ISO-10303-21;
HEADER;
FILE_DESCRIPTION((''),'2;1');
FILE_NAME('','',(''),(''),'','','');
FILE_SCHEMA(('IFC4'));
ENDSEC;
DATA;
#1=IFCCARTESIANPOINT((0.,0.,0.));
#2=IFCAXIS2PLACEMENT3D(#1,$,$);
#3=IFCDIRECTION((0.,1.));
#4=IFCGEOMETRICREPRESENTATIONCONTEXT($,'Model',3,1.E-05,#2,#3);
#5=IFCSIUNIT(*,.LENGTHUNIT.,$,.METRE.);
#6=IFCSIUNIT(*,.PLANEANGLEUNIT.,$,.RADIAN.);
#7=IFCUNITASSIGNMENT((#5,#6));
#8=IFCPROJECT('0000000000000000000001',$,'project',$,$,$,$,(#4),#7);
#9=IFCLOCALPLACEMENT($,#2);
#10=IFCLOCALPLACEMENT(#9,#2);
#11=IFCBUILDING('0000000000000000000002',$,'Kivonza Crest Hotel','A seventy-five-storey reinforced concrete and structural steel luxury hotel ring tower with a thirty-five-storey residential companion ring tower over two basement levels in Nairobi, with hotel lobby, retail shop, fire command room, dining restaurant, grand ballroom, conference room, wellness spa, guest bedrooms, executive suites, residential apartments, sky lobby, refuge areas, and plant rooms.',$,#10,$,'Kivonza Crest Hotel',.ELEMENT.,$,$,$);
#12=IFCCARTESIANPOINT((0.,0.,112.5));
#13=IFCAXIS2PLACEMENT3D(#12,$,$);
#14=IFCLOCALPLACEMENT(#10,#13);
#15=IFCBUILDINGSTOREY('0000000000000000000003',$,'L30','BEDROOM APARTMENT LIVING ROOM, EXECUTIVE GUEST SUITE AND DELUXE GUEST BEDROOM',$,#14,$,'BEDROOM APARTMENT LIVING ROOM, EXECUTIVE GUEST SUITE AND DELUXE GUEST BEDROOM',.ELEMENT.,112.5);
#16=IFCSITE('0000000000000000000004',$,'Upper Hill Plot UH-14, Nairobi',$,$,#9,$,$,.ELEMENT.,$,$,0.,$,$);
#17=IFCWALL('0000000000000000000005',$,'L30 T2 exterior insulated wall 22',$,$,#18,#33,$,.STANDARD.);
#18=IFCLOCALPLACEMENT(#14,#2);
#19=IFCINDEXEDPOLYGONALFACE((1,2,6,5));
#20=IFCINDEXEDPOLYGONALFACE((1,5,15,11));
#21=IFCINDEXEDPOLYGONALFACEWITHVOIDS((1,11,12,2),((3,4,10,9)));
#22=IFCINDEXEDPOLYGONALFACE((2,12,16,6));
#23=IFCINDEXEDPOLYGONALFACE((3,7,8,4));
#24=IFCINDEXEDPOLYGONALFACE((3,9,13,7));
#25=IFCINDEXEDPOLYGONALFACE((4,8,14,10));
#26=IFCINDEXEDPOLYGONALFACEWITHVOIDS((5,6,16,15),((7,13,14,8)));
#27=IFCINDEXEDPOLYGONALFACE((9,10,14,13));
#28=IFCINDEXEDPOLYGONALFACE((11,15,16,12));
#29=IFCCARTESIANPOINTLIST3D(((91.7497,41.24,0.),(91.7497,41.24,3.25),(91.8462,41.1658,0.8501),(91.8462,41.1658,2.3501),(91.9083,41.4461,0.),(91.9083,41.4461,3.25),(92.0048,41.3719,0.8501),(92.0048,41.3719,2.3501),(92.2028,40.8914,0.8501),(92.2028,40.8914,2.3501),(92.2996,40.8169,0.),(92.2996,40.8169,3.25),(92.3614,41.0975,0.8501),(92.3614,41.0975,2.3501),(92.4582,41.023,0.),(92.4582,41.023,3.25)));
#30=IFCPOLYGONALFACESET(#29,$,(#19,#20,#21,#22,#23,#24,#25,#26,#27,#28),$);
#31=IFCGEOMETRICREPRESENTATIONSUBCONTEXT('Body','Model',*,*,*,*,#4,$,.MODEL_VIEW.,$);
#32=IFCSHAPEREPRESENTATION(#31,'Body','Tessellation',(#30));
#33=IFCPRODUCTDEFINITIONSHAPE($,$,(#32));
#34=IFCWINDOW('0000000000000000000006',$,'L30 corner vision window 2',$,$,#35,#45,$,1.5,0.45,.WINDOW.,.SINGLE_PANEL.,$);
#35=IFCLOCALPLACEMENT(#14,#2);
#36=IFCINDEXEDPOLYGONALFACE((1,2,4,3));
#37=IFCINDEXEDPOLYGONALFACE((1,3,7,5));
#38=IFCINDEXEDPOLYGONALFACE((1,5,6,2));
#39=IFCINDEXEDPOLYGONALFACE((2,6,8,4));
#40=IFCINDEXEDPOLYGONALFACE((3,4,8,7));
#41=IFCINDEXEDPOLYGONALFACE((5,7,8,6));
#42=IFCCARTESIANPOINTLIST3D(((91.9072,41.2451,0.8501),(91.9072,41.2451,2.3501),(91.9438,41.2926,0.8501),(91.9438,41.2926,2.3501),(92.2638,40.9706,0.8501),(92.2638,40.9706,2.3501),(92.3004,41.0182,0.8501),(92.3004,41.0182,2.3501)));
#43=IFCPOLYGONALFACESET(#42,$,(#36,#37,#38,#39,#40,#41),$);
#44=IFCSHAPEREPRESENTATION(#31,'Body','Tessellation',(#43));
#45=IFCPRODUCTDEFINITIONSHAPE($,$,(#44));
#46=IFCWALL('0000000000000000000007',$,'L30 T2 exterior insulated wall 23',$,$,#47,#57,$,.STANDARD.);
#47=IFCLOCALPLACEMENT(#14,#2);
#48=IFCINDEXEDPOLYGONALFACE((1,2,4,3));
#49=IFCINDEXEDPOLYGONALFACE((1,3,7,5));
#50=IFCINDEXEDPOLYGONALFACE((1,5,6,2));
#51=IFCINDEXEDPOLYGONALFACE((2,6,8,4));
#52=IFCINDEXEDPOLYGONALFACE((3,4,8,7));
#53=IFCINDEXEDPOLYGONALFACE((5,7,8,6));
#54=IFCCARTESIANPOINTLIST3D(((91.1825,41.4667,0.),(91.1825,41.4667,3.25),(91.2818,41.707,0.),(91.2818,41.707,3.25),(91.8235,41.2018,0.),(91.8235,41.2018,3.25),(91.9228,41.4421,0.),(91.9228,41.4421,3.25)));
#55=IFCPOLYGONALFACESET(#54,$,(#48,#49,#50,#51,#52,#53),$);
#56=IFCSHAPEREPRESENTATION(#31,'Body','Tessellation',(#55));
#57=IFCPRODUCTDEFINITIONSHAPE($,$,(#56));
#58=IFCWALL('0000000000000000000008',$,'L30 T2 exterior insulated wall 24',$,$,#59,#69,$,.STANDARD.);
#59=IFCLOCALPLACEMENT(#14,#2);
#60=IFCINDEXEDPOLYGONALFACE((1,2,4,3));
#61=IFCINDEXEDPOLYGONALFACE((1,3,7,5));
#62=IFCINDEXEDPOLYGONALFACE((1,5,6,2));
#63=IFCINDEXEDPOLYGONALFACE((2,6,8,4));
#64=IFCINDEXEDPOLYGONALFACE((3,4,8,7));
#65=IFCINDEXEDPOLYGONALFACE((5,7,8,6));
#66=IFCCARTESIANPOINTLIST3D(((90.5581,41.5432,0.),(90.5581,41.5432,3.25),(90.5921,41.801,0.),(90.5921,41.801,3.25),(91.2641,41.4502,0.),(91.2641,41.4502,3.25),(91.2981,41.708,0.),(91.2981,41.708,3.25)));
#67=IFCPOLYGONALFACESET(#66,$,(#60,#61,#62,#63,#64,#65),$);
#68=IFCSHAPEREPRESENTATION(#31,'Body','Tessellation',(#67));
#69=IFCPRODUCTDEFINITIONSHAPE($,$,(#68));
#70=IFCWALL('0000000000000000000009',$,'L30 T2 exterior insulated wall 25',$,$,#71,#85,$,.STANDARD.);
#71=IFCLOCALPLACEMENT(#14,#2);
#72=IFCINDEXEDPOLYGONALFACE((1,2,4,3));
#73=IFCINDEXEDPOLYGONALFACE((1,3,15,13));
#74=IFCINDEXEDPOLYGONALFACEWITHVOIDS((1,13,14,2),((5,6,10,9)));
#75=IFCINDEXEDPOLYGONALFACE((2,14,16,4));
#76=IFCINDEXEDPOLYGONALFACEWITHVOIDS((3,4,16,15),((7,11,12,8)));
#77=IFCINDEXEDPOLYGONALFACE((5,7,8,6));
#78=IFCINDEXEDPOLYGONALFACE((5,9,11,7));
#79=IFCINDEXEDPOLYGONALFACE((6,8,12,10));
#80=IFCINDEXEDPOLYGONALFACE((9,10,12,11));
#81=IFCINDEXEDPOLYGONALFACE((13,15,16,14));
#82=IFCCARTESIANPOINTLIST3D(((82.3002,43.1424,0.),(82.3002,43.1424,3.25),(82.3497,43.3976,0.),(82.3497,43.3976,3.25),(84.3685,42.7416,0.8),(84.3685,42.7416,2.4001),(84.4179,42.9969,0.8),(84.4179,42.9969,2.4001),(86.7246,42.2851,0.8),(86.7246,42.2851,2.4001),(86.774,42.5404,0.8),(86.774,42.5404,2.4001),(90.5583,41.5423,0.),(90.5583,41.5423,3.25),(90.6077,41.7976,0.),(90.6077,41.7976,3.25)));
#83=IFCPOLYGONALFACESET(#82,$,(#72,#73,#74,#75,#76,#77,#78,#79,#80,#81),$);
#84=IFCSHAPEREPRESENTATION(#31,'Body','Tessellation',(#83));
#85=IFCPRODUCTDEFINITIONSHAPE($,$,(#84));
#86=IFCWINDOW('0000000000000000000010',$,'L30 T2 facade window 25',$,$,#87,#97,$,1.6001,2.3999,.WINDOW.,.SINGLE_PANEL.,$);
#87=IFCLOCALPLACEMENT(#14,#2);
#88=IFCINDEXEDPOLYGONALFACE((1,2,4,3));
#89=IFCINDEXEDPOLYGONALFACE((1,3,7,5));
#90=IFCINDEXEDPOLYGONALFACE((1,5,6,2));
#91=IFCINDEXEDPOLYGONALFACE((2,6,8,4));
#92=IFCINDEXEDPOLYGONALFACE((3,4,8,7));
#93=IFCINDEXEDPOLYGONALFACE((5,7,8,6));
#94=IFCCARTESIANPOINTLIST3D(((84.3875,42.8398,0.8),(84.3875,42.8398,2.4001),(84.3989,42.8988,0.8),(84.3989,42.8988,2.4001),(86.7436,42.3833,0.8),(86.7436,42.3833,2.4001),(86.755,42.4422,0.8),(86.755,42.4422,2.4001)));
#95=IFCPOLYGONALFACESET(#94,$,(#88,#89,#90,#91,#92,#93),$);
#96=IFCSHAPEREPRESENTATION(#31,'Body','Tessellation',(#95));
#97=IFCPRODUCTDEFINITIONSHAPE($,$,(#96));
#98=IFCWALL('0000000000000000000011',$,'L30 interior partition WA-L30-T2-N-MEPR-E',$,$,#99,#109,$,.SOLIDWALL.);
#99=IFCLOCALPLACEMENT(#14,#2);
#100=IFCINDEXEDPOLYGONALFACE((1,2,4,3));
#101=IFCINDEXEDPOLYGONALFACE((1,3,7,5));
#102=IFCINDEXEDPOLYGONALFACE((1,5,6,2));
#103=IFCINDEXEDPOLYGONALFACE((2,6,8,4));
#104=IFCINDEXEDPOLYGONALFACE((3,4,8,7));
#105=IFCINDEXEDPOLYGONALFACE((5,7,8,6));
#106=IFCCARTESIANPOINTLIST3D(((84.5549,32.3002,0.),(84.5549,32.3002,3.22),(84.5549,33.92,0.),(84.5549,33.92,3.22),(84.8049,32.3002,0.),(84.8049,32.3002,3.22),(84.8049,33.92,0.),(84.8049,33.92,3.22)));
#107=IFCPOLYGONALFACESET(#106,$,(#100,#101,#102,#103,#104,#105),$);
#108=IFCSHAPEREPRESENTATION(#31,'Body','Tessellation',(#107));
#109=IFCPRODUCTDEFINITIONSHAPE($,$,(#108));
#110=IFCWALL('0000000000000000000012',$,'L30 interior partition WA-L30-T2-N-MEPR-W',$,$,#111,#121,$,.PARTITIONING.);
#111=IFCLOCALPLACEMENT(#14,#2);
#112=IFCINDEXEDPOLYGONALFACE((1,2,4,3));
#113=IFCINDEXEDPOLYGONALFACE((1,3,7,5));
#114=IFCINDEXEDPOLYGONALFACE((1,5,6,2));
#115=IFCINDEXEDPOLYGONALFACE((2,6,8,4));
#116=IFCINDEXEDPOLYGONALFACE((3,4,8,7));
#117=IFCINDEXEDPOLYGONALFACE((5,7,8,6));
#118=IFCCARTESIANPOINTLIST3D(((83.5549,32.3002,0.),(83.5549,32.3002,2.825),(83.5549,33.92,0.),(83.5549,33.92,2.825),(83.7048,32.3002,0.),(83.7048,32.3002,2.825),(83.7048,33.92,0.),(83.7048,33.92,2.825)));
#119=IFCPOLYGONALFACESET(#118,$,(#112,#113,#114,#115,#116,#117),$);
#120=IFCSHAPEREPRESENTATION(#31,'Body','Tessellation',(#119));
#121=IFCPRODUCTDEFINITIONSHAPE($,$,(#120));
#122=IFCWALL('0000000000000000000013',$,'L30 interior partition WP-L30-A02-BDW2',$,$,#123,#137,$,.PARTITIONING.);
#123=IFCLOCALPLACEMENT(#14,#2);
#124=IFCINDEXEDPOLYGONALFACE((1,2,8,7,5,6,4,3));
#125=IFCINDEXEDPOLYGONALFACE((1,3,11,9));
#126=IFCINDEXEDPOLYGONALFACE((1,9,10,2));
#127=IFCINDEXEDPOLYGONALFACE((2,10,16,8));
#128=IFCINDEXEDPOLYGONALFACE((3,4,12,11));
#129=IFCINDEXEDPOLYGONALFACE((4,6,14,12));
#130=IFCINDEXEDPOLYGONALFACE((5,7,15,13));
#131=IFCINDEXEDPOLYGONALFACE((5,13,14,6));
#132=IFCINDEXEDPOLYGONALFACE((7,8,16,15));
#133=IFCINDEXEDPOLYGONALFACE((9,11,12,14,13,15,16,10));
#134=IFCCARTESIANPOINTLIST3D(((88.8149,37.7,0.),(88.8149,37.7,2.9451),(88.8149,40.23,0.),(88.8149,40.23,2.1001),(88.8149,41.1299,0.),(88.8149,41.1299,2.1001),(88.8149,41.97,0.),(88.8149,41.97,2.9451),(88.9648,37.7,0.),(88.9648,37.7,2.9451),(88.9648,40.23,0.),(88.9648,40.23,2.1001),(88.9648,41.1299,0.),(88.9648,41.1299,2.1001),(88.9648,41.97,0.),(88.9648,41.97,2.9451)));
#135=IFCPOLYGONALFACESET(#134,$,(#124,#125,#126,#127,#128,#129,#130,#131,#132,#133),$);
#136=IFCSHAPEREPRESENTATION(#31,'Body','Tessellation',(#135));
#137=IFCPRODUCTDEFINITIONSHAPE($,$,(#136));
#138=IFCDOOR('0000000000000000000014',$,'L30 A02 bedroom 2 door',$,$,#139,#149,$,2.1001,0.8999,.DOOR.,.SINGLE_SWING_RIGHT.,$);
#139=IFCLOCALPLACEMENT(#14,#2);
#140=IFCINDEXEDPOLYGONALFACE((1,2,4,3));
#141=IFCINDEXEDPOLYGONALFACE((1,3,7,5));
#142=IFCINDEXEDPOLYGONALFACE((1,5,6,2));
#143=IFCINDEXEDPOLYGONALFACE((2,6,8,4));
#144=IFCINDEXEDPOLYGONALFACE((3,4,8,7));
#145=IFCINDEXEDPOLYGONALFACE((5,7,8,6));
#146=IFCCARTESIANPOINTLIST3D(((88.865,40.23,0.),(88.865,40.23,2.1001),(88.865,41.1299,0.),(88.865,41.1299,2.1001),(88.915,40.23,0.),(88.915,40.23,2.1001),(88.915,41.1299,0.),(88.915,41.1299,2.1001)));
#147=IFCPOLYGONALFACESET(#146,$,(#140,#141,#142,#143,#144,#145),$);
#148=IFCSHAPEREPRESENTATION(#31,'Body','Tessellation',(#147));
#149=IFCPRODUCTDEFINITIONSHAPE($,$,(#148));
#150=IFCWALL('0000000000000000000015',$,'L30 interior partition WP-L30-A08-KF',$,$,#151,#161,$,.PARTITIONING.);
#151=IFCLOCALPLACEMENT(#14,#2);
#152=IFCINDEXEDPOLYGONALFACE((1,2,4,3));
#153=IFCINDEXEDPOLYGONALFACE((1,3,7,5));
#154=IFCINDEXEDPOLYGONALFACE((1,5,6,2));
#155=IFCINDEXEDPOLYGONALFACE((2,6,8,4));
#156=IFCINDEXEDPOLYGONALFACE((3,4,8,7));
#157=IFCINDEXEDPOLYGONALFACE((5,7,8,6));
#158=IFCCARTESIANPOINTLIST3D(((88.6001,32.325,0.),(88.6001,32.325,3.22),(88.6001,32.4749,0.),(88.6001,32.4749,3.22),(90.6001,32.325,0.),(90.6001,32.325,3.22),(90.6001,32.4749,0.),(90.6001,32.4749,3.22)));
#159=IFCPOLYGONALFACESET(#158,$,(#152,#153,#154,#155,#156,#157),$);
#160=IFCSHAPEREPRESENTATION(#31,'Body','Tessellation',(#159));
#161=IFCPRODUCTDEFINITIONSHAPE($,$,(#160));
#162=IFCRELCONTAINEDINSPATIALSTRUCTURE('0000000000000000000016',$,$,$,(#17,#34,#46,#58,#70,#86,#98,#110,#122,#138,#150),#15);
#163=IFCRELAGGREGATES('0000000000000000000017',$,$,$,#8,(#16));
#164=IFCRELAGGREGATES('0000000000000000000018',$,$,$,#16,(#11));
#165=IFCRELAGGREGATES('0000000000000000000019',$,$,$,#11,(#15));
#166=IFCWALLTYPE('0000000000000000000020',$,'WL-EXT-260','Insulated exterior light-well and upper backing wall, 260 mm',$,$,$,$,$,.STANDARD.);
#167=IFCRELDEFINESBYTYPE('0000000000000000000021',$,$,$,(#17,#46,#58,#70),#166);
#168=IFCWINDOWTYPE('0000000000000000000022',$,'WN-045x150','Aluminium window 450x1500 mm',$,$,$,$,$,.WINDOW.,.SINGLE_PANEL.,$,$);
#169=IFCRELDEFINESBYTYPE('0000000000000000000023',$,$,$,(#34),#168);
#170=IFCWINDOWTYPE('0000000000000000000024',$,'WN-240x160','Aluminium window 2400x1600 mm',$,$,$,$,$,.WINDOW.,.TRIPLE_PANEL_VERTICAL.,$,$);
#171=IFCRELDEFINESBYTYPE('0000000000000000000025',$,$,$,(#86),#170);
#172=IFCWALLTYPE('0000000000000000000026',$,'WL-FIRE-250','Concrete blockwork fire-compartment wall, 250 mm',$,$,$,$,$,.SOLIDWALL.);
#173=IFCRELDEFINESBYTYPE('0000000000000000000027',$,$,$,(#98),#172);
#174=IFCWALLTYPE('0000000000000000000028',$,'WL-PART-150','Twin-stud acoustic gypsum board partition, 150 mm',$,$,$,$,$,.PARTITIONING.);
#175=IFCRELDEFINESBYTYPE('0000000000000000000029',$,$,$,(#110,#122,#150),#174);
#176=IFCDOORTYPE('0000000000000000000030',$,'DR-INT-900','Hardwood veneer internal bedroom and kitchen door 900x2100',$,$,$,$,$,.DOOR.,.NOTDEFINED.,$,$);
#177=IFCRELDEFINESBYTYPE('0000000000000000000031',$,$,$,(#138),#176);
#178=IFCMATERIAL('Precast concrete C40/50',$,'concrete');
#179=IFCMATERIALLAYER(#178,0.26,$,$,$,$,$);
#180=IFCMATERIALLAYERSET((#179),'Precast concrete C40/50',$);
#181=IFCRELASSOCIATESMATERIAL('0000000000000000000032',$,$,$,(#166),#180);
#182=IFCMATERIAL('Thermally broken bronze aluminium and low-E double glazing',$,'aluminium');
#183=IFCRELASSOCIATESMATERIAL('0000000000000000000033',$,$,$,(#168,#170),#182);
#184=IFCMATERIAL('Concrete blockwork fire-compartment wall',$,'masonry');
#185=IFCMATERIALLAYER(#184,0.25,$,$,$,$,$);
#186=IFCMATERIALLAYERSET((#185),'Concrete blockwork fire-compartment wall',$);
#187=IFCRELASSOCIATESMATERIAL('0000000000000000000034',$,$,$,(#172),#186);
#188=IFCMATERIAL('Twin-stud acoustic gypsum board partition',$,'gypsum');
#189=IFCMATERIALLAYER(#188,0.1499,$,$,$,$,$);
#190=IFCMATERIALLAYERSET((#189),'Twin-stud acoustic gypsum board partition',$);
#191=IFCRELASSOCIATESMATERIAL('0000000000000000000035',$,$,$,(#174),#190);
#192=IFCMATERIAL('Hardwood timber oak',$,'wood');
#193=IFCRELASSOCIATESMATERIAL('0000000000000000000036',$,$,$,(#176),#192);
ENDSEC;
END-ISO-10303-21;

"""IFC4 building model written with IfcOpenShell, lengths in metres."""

from ifc_helpers import new_model, si_unit, direction, frame, frame_2d, origin, place, context, subcontext, project, spatial, rectangle, extrude, material, layer, layer_set, type_object, element, fill, save


model = new_model("IFC4")

# Units and contexts
model_context = context("Model", 3, precision=1e-05, world=origin(), true_north=direction((0.0, 1.0)))
body_context = subcontext(model_context, "Body", "Model", "MODEL_VIEW")
ifc_project = project(units=[si_unit("LENGTHUNIT", "METRE"), si_unit("PLANEANGLEUNIT", "RADIAN")], contexts=[model_context])

# Site, building, storey
site_placement = place(None, origin())
site = spatial("IfcSite", under=ifc_project, at=site_placement, Name="Upper Hill Plot UH-14, Nairobi", CompositionType="ELEMENT", RefElevation=0.0)
building_placement = place(site_placement, origin())
building = spatial("IfcBuilding", under=site, at=building_placement, Name="Kivonza Crest Hotel", Description="A seventy-five-storey reinforced concrete and structural steel luxury hotel ring tower with a thirty-five-storey residential companion ring tower over two basement levels in Nairobi, with hotel lobby, retail shop, fire command room, dining restaurant, grand ballroom, conference room, wellness spa, guest bedrooms, executive suites, residential apartments, sky lobby, refuge areas, and plant rooms.", LongName="Kivonza Crest Hotel", CompositionType="ELEMENT")
storey_placement = place(building_placement, frame((0.0, 0.0, 112.5)))
storey = spatial("IfcBuildingStorey", under=building, at=storey_placement, Name="L30", Description="BEDROOM APARTMENT LIVING ROOM, EXECUTIVE GUEST SUITE AND DELUXE GUEST BEDROOM", LongName="BEDROOM APARTMENT LIVING ROOM, EXECUTIVE GUEST SUITE AND DELUXE GUEST BEDROOM", CompositionType="ELEMENT", Elevation=112.5)

# Shared definitions
ifc_material_1 = material(Name="Hardwood timber oak", Category="wood")

# Shared definitions
ifc_material_2 = material(Name="Precast concrete C40/50", Category="concrete")
ifc_layer_1 = layer(ifc_material_2, 0.26)
ifc_layer_set_1 = layer_set([ifc_layer_1], Name="Precast concrete C40/50")
wall_type_1 = type_object("IfcWallType", Name="WL-EXT-260", Description="Insulated exterior light-well and upper backing wall, 260 mm", PredefinedType="STANDARD", material=ifc_layer_set_1)

# Wall, opening, window
wall_1_placement = place(storey_placement, frame((92.3789, 40.9199, 0.0), z_axis=(0.0, 0.0, 1.0), x_axis=(-0.792506, 0.609864, 0.0)))
wall_1 = element("IfcWall", 1, at=wall_1_placement, inside=storey, type_object=wall_type_1, Name="L30 T2 exterior insulated wall 22", PredefinedType="STANDARD", context=body_context, shape_type="SweptSolid", body=[
    extrude(rectangle(XDim=0.6938, YDim=0.26, at=frame_2d((0.3469, 0.0))), origin(), (0.0, 0.0, 1.0), 3.25),
])
opening_1_placement = place(wall_1_placement, frame((0.1221, 0.0, 0.8501)))
opening_1 = element("IfcOpeningElement", 2, at=opening_1_placement, cuts=wall_1, PredefinedType="OPENING", context=body_context, shape_type="SweptSolid", body=[
    extrude(rectangle(XDim=0.45, YDim=1.5, at=frame_2d((0.2251, 0.75))), frame((0.0, 0.1401, 0.0), z_axis=(0.0, -1.0, 0.0), x_axis=(1.0, 0.0, 0.0)), (0.0, 0.0, 1.0), 0.28),
])
ifc_material_3 = material(Name="Thermally broken bronze aluminium and low-E double glazing", Category="aluminium")
window_type_1 = type_object("IfcWindowType", Name="WN-045x150", Description="Aluminium window 450x1500 mm", PartitioningType="SINGLE_PANEL", PredefinedType="WINDOW", material=ifc_material_3)
window_1_placement = place(opening_1_placement, origin())
window_1 = element("IfcWindow", 3, at=window_1_placement, inside=storey, type_object=window_type_1, Name="L30 corner vision window 2", OverallHeight=1.5, OverallWidth=0.45, PartitioningType="SINGLE_PANEL", PredefinedType="WINDOW", context=body_context, shape_type="SweptSolid", body=[
    extrude(rectangle(XDim=0.45, YDim=1.5, at=frame_2d((0.2251, 0.75))), frame((0.0, 0.03, 0.0), z_axis=(0.0, -1.0, 0.0), x_axis=(1.0, 0.0, 0.0)), (0.0, 0.0, 1.0), 0.0601),
])
fill(opening_1, window_1)

# Walls
wall_2_placement = place(storey_placement, frame((91.873, 41.322, 0.0), z_axis=(0.0, 0.0, 1.0), x_axis=(-0.924218, 0.381865, 0.0)))
element("IfcWall", 4, at=wall_2_placement, inside=storey, type_object=wall_type_1, Name="L30 T2 exterior insulated wall 23", PredefinedType="STANDARD", context=body_context, shape_type="SweptSolid", body=[
    extrude(rectangle(XDim=0.6936, YDim=0.26, at=frame_2d((0.3467, 0.0))), origin(), (0.0, 0.0, 1.0), 3.25),
])
wall_3_placement = place(storey_placement, frame((91.281, 41.5791, 0.0), z_axis=(0.0, 0.0, 1.0), x_axis=(-0.991433, 0.130614, 0.0)))
element("IfcWall", 5, at=wall_3_placement, inside=storey, type_object=wall_type_1, Name="L30 T2 exterior insulated wall 24", PredefinedType="STANDARD", context=body_context, shape_type="SweptSolid", body=[
    extrude(rectangle(XDim=0.7122, YDim=0.26, at=frame_2d((0.356, 0.0))), origin(), (0.0, 0.0, 1.0), 3.25),
])

# Wall, opening, window
wall_4_placement = place(storey_placement, frame((90.583, 41.6699, 0.0), z_axis=(0.0, 0.0, 1.0), x_axis=(-0.981741, 0.190224, 0.0)))
wall_4 = element("IfcWall", 6, at=wall_4_placement, inside=storey, type_object=wall_type_1, Name="L30 T2 exterior insulated wall 25", PredefinedType="STANDARD", context=body_context, shape_type="SweptSolid", body=[
    extrude(rectangle(XDim=8.4116, YDim=0.26, at=frame_2d((4.2058, 0.0))), origin(), (0.0, 0.0, 1.0), 3.25),
])
opening_2_placement = place(wall_4_placement, frame((3.905, 0.0, 0.8)))
opening_2 = element("IfcOpeningElement", 7, at=opening_2_placement, cuts=wall_4, PredefinedType="OPENING", context=body_context, shape_type="SweptSolid", body=[
    extrude(rectangle(XDim=2.3999, YDim=1.6001, at=frame_2d((1.2, 0.8))), frame((0.0, 0.1401, 0.0), z_axis=(0.0, -1.0, 0.0), x_axis=(1.0, 0.0, 0.0)), (0.0, 0.0, 1.0), 0.28),
])
window_type_2 = type_object("IfcWindowType", Name="WN-240x160", Description="Aluminium window 2400x1600 mm", PartitioningType="TRIPLE_PANEL_VERTICAL", PredefinedType="WINDOW", material=ifc_material_3)
window_2_placement = place(opening_2_placement, origin())
window_2 = element("IfcWindow", 8, at=window_2_placement, inside=storey, type_object=window_type_2, Name="L30 T2 facade window 25", OverallHeight=1.6001, OverallWidth=2.3999, PartitioningType="SINGLE_PANEL", PredefinedType="WINDOW", context=body_context, shape_type="SweptSolid", body=[
    extrude(rectangle(XDim=2.3999, YDim=1.6001, at=frame_2d((1.2, 0.8))), frame((0.0, 0.03, 0.0), z_axis=(0.0, -1.0, 0.0), x_axis=(1.0, 0.0, 0.0)), (0.0, 0.0, 1.0), 0.0601),
])
fill(opening_2, window_2)

# Walls
ifc_material_4 = material(Name="Concrete blockwork fire-compartment wall", Category="masonry")
ifc_layer_2 = layer(ifc_material_4, 0.25)
ifc_layer_set_2 = layer_set([ifc_layer_2], Name="Concrete blockwork fire-compartment wall")
wall_type_2 = type_object("IfcWallType", Name="WL-FIRE-250", Description="Concrete blockwork fire-compartment wall, 250 mm", PredefinedType="SOLIDWALL", material=ifc_layer_set_2)
wall_5_placement = place(storey_placement, frame((84.6799, 32.3, 0.0), z_axis=(0.0, 0.0, 1.0), x_axis=(0.0, 1.0, 0.0)))
element("IfcWall", 9, at=wall_5_placement, inside=storey, type_object=wall_type_2, Name="L30 interior partition WA-L30-T2-N-MEPR-E", PredefinedType="SOLIDWALL", context=body_context, shape_type="SweptSolid", body=[
    extrude(rectangle(XDim=1.6199, YDim=0.25, at=frame_2d((0.8101, 0.0))), origin(), (0.0, 0.0, 1.0), 3.22),
])
ifc_material_5 = material(Name="Twin-stud acoustic gypsum board partition", Category="gypsum")
ifc_layer_3 = layer(ifc_material_5, 0.1499)
ifc_layer_set_3 = layer_set([ifc_layer_3], Name="Twin-stud acoustic gypsum board partition")
wall_type_3 = type_object("IfcWallType", Name="WL-PART-150", Description="Twin-stud acoustic gypsum board partition, 150 mm", PredefinedType="PARTITIONING", material=ifc_layer_set_3)
wall_6_placement = place(storey_placement, frame((83.6299, 32.3, 0.0), z_axis=(0.0, 0.0, 1.0), x_axis=(0.0, 1.0, 0.0)))
element("IfcWall", 10, at=wall_6_placement, inside=storey, type_object=wall_type_3, Name="L30 interior partition WA-L30-T2-N-MEPR-W", PredefinedType="PARTITIONING", context=body_context, shape_type="SweptSolid", body=[
    extrude(rectangle(XDim=1.6199, YDim=0.1499, at=frame_2d((0.8101, 0.0))), origin(), (0.0, 0.0, 1.0), 2.825),
])

# Wall, opening, door
wall_7_placement = place(storey_placement, frame((88.8899, 37.7, 0.0), z_axis=(0.0, 0.0, 1.0), x_axis=(0.0, 1.0, 0.0)))
wall_7 = element("IfcWall", 11, at=wall_7_placement, inside=storey, type_object=wall_type_3, Name="L30 interior partition WP-L30-A02-BDW2", PredefinedType="PARTITIONING", context=body_context, shape_type="SweptSolid", body=[
    extrude(rectangle(XDim=4.27, YDim=0.1499, at=frame_2d((2.135, 0.0))), origin(), (0.0, 0.0, 1.0), 2.9451),
])
opening_3_placement = place(wall_7_placement, frame((2.53, 0.0, 0.0)))
opening_3 = element("IfcOpeningElement", 12, at=opening_3_placement, cuts=wall_7, PredefinedType="OPENING", context=body_context, shape_type="SweptSolid", body=[
    extrude(rectangle(XDim=0.8999, YDim=2.1001, at=frame_2d((0.45, 1.05))), frame((0.0, 0.085, 0.0), z_axis=(0.0, -1.0, 0.0), x_axis=(1.0, 0.0, 0.0)), (0.0, 0.0, 1.0), 0.1699),
])
door_type_1 = type_object("IfcDoorType", Name="DR-INT-900", Description="Hardwood veneer internal bedroom and kitchen door 900x2100", OperationType="NOTDEFINED", PredefinedType="DOOR", material=ifc_material_1)
door_1_placement = place(opening_3_placement, origin())
door_1 = element("IfcDoor", 13, at=door_1_placement, inside=storey, type_object=door_type_1, Name="L30 A02 bedroom 2 door", OperationType="SINGLE_SWING_RIGHT", OverallHeight=2.1001, OverallWidth=0.8999, PredefinedType="DOOR", context=body_context, shape_type="SweptSolid", body=[
    extrude(rectangle(XDim=0.8999, YDim=2.1001, at=frame_2d((0.45, 1.05))), frame((0.0, 0.0249, 0.0), z_axis=(0.0, -1.0, 0.0), x_axis=(1.0, 0.0, 0.0)), (0.0, 0.0, 1.0), 0.05),
])
fill(opening_3, door_1)

# Wall
wall_8_placement = place(storey_placement, frame((88.6001, 32.3999, 0.0), z_axis=(0.0, 0.0, 1.0), x_axis=(1.0, 0.0, 0.0)))
element("IfcWall", 14, at=wall_8_placement, inside=storey, type_object=wall_type_3, Name="L30 interior partition WP-L30-A08-KF", PredefinedType="PARTITIONING", context=body_context, shape_type="SweptSolid", body=[
    extrude(rectangle(XDim=2.0, YDim=0.1499, at=frame_2d((1.0, 0.0))), origin(), (0.0, 0.0, 1.0), 3.22),
])

save(model, "model.ifc")
